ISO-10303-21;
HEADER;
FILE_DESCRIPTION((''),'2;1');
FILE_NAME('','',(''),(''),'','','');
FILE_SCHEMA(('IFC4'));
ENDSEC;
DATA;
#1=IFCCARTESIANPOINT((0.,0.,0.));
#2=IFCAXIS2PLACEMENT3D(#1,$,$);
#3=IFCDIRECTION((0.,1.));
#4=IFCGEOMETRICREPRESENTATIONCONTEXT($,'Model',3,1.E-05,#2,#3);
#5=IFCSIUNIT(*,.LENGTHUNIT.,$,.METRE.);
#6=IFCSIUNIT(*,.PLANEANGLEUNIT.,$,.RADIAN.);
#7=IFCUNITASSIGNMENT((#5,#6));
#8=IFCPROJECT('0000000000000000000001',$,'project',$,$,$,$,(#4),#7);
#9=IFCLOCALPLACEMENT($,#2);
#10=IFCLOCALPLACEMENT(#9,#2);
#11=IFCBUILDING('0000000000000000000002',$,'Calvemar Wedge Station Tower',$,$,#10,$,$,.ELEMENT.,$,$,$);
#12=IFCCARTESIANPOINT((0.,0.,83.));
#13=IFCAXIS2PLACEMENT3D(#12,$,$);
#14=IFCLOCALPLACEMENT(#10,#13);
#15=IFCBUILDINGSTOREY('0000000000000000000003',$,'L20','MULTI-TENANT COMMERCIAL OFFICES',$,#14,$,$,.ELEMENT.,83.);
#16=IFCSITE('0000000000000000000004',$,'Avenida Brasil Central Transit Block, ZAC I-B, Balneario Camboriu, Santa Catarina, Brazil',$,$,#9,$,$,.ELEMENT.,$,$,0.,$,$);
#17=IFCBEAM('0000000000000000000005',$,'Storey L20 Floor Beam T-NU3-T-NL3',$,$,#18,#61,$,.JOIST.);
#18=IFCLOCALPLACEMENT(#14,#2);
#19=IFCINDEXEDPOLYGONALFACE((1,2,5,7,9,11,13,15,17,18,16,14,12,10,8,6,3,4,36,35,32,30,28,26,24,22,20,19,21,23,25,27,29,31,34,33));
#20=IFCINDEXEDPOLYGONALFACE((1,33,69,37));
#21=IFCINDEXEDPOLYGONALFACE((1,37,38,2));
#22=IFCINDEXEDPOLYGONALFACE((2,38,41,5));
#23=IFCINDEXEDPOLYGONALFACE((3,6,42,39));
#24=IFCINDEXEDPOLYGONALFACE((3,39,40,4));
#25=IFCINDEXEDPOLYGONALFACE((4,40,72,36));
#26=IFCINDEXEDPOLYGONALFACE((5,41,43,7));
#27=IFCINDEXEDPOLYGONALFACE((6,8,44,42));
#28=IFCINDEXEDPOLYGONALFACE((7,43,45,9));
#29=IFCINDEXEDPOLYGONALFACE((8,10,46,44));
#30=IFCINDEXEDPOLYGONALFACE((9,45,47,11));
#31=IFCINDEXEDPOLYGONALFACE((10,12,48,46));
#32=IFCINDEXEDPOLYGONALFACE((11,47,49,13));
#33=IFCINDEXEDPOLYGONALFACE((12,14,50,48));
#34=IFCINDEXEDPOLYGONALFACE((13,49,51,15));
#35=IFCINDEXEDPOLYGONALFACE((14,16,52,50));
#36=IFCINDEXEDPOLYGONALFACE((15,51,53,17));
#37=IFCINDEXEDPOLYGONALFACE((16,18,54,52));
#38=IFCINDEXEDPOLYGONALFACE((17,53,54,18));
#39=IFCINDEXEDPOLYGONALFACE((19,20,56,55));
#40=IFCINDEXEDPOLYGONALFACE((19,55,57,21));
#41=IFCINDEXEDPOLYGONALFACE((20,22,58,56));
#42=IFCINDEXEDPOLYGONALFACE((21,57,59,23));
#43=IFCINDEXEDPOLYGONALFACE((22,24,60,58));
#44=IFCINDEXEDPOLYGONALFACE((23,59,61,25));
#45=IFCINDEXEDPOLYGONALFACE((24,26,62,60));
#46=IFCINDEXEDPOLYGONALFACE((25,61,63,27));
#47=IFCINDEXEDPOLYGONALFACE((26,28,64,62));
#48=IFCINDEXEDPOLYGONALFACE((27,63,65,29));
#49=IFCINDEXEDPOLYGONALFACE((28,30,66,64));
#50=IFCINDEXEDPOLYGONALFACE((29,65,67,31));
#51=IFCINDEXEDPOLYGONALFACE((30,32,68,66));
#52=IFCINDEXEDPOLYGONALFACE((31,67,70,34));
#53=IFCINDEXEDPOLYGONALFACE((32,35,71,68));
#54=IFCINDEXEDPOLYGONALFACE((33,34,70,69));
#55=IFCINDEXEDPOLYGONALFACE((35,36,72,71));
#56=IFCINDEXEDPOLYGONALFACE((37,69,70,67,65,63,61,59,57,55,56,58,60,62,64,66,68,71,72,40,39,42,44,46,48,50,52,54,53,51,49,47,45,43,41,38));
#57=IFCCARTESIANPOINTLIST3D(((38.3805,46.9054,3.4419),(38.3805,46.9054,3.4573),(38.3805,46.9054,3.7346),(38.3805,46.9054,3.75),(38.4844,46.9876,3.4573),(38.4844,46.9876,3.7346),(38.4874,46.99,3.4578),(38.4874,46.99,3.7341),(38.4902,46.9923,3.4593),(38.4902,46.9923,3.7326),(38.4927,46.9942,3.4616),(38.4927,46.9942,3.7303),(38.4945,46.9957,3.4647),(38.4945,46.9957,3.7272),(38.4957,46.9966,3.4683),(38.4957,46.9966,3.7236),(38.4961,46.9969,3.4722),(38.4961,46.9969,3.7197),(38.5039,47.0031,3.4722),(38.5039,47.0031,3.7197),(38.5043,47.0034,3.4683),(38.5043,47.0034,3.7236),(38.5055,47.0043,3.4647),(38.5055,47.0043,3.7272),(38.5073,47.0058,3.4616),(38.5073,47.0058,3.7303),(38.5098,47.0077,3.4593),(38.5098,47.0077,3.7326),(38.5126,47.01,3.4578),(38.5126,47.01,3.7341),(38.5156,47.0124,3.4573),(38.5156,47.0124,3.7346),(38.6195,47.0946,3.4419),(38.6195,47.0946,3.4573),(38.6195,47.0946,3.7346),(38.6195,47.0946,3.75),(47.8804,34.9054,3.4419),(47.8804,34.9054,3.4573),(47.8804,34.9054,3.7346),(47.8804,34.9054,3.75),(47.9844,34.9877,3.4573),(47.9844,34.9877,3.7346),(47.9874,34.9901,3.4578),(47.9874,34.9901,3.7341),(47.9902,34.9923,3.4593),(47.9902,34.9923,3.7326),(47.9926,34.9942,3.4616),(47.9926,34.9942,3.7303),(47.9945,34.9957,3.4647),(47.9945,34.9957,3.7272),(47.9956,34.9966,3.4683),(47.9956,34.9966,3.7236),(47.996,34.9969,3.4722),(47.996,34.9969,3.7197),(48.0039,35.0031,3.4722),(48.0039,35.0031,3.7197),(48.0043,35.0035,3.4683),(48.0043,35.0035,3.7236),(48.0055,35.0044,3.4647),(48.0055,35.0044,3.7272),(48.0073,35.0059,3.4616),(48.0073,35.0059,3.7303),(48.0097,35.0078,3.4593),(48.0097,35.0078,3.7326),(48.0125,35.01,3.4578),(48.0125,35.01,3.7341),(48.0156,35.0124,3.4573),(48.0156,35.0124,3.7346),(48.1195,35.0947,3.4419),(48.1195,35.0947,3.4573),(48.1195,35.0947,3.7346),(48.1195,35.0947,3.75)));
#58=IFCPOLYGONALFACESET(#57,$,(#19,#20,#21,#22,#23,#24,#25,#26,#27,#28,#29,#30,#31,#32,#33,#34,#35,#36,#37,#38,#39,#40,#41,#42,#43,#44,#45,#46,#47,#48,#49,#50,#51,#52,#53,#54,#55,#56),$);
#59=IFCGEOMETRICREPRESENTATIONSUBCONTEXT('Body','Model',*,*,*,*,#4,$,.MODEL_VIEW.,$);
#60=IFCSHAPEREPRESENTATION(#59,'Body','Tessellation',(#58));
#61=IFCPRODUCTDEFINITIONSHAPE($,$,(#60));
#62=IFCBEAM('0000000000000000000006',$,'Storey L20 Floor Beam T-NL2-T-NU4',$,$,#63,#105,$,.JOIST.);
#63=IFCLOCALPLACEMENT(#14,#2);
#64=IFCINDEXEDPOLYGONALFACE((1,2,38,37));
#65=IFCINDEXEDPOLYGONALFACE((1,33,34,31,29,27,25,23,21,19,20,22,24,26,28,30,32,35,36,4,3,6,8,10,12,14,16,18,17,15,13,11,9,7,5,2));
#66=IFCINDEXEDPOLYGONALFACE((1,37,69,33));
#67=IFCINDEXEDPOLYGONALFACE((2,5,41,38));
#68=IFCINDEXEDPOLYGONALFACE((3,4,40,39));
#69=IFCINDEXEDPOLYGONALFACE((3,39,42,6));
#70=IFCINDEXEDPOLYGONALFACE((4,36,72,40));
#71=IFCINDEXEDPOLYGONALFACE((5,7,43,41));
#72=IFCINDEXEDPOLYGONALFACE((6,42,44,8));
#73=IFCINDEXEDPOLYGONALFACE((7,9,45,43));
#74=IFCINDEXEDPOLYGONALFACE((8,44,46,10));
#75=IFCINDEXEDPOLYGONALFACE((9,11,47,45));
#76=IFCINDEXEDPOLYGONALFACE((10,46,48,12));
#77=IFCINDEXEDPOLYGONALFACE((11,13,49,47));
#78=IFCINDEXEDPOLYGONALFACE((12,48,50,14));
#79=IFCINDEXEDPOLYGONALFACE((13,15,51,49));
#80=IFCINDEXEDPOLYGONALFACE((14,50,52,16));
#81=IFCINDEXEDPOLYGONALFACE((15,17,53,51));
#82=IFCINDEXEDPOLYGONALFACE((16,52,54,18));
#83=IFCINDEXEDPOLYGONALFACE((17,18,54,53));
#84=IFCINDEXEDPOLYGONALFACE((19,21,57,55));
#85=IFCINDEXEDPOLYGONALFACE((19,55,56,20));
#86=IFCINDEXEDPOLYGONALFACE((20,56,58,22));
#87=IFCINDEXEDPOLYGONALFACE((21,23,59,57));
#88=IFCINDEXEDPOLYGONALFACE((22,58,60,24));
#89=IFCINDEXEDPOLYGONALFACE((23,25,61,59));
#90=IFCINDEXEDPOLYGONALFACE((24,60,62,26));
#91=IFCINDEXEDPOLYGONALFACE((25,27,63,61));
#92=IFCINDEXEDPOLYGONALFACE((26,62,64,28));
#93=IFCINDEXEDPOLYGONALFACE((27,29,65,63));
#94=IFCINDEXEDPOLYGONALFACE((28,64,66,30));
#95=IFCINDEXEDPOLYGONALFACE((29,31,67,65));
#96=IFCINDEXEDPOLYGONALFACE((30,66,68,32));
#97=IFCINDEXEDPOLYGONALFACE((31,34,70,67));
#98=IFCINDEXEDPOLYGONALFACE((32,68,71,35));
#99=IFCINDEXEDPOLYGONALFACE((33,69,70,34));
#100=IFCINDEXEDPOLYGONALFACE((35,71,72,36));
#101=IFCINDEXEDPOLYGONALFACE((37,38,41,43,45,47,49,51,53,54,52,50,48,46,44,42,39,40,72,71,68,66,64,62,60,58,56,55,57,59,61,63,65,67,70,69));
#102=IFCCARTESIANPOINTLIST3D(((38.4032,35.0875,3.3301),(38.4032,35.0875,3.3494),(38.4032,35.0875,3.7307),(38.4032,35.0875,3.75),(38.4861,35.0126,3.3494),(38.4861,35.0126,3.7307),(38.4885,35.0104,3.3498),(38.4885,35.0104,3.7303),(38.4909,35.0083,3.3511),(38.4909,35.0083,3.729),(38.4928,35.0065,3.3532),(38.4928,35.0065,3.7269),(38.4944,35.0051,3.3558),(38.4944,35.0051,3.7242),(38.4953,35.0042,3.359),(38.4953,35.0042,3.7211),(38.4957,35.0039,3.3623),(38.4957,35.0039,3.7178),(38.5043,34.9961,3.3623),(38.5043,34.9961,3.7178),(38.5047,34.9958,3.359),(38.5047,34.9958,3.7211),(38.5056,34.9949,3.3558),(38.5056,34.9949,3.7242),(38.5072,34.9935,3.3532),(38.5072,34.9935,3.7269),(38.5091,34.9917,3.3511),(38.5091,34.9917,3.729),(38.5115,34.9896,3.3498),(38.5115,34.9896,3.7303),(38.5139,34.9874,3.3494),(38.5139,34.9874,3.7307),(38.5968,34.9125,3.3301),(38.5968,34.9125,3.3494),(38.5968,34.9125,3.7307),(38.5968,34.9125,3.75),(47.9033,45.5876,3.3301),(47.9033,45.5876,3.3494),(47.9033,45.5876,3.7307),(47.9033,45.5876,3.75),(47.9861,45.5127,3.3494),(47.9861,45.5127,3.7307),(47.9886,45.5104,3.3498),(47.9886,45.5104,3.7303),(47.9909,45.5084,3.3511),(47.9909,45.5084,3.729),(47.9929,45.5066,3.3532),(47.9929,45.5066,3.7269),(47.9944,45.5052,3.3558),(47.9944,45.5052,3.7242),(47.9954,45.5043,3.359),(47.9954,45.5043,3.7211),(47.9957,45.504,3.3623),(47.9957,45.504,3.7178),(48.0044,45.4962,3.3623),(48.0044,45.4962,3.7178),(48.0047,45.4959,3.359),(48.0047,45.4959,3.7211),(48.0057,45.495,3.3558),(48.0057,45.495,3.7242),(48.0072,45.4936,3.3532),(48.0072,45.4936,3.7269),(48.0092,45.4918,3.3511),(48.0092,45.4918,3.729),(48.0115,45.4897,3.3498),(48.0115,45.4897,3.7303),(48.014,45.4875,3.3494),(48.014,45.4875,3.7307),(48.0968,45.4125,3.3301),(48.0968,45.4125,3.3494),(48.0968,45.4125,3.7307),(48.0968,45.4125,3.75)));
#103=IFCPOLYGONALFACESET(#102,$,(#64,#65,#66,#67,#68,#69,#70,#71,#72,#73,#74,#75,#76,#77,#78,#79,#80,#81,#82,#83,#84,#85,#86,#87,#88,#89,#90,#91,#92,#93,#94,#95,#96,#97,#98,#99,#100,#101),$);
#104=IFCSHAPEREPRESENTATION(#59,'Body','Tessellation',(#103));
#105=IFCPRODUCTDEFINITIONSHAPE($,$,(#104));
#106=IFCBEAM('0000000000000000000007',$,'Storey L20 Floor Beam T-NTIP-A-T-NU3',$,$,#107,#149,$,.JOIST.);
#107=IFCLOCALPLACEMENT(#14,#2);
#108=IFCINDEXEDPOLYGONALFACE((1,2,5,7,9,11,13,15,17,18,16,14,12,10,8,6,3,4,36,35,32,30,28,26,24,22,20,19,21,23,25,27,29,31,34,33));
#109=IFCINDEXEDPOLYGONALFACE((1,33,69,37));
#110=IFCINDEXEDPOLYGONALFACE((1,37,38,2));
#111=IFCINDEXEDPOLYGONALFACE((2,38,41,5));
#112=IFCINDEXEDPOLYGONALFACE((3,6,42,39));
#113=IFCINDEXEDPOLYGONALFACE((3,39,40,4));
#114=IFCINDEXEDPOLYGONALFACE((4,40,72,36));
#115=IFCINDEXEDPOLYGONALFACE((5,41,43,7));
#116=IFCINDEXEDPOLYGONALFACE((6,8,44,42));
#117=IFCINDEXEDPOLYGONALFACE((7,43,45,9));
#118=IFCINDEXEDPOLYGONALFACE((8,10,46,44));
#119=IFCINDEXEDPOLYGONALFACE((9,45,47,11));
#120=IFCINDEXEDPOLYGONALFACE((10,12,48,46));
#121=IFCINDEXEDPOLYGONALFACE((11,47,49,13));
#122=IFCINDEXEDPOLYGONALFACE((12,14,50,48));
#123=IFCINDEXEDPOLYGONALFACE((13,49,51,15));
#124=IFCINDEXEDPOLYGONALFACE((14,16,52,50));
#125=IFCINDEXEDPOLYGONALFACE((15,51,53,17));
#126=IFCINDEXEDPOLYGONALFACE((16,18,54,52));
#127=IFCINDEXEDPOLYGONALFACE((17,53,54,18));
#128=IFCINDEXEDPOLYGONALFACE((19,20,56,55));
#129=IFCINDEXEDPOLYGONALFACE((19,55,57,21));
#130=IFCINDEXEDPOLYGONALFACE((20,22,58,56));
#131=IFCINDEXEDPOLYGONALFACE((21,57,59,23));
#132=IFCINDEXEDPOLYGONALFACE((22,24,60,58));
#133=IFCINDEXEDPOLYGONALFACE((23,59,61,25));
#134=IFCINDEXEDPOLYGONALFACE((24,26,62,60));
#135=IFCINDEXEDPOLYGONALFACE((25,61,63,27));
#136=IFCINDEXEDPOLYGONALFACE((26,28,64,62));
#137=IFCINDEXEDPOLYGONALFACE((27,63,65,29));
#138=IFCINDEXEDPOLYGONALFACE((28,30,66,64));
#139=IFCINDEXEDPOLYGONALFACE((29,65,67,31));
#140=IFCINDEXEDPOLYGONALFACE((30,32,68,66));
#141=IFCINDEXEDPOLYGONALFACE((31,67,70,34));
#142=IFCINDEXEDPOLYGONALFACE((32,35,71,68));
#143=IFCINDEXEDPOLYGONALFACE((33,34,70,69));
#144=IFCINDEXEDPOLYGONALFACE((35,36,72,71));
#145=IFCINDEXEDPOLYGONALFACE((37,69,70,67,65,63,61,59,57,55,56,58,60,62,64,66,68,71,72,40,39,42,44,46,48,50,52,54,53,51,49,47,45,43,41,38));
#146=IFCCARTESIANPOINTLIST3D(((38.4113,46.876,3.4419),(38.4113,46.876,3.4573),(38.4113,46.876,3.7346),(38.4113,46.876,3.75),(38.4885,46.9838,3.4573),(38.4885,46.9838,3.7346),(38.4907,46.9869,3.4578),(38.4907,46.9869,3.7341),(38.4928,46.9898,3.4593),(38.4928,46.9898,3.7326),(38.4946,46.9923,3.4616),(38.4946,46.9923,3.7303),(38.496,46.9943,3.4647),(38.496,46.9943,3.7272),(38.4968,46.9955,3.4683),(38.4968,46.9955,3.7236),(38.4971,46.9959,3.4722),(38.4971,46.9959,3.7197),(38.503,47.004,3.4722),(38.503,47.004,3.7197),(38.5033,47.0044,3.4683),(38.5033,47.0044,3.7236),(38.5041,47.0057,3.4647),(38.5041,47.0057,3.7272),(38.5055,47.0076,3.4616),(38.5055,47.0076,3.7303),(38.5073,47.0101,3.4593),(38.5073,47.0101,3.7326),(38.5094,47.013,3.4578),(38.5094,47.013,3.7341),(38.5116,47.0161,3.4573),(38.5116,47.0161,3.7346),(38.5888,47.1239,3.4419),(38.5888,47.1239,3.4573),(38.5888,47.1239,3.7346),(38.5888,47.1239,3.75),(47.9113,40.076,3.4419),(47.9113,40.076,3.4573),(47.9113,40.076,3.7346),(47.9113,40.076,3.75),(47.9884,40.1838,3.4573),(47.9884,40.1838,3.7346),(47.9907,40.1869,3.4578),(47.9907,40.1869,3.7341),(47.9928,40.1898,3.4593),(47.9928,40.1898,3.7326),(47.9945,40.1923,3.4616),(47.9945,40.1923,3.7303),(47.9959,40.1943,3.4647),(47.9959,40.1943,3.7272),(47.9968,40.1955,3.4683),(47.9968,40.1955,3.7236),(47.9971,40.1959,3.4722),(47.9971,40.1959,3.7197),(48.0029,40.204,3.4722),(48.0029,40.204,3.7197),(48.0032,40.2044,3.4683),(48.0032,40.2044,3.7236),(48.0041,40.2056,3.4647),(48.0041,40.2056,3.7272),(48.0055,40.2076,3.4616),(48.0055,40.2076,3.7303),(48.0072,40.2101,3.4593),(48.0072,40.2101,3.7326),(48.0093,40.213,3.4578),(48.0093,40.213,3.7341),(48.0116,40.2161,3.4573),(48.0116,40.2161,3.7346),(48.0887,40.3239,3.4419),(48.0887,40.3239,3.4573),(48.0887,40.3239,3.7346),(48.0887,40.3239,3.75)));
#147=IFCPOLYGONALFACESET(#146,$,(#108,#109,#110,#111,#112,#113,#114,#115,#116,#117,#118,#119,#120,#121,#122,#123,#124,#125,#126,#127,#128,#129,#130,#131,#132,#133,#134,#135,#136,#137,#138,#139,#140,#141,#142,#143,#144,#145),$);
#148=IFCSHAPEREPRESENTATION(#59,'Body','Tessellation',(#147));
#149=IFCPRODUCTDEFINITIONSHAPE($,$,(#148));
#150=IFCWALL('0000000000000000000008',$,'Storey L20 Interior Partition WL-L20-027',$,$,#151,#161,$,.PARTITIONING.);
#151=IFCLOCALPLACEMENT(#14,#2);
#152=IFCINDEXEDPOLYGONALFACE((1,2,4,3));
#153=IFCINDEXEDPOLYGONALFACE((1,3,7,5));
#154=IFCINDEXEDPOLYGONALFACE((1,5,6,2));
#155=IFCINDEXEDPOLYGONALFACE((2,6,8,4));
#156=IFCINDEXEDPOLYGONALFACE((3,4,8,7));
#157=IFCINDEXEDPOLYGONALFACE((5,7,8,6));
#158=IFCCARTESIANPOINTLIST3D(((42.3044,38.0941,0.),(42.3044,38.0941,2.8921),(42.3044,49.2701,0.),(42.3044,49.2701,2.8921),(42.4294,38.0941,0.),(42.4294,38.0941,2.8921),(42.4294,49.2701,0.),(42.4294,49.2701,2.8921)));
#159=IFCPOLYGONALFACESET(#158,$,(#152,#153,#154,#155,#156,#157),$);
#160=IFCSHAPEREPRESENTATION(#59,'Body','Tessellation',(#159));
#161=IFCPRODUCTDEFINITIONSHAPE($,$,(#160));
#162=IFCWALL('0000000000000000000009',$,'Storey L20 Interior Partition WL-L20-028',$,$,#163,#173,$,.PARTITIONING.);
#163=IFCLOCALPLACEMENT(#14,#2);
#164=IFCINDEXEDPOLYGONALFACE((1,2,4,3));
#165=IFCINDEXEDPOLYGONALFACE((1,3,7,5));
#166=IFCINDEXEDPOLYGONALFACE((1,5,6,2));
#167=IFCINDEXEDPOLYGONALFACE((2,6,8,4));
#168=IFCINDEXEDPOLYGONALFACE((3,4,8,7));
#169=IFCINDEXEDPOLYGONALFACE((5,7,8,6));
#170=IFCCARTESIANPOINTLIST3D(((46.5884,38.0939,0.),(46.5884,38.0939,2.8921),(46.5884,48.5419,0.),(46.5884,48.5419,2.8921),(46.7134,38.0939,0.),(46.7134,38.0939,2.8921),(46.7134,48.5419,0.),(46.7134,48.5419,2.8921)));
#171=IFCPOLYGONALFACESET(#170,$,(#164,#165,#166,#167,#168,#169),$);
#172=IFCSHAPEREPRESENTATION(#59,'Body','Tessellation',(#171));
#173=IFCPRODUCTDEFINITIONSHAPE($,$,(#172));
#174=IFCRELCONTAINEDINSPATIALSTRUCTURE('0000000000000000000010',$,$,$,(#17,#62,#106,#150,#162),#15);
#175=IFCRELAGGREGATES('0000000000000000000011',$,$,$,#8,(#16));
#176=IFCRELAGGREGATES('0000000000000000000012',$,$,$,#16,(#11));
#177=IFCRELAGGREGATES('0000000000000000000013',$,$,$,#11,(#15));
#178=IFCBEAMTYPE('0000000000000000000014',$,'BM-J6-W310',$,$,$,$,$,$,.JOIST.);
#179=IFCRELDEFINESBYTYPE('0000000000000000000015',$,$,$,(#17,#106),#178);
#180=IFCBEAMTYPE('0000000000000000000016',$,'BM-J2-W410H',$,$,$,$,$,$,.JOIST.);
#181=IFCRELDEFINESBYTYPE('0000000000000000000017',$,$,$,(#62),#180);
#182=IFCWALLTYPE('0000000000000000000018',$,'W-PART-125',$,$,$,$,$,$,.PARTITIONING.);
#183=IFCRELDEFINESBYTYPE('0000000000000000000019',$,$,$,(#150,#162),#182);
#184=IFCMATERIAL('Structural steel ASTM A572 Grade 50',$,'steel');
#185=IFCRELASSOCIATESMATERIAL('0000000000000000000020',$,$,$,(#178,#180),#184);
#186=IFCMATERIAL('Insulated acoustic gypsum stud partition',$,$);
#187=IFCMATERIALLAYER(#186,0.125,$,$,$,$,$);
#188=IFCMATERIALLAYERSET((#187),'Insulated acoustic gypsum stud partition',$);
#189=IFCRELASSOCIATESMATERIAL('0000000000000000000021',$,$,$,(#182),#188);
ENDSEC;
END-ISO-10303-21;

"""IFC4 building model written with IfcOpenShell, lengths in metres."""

from ifc_helpers import new_model, si_unit, direction, frame, frame_2d, origin, origin_2d, place, context, subcontext, project, spatial, rectangle, i_section, extrude, source, transform, mapped, material, layer, layer_set, material_profile, profile_set, type_object, element, save


model = new_model("IFC4")

# Units and contexts
model_context = context("Model", 3, precision=1e-05, world=origin(), true_north=direction((0.0, 1.0)))
body_context = subcontext(model_context, "Body", "Model", "MODEL_VIEW")
ifc_project = project(units=[si_unit("LENGTHUNIT", "METRE"), si_unit("PLANEANGLEUNIT", "RADIAN")], contexts=[model_context])

# Site, building, storey
site_placement = place(None, origin())
site = spatial("IfcSite", under=ifc_project, at=site_placement, Name="Avenida Brasil Central Transit Block, ZAC I-B, Balneario Camboriu, Santa Catarina, Brazil", CompositionType="ELEMENT", RefElevation=0.0)
building_placement = place(site_placement, origin())
building = spatial("IfcBuilding", under=site, at=building_placement, Name="Calvemar Wedge Station Tower", CompositionType="ELEMENT")
storey_placement = place(building_placement, frame((0.0, 0.0, 83.0)))
storey = spatial("IfcBuildingStorey", under=building, at=storey_placement, Name="L20", Description="MULTI-TENANT COMMERCIAL OFFICES", CompositionType="ELEMENT", Elevation=83.0)

# Shared definitions
ifc_material_1 = material(Name="Structural steel ASTM A572 Grade 50", Category="steel")

# Beams
ifc_material_profile_1 = material_profile(ifc_material_1, i_section(OverallWidth=0.3049, OverallDepth=0.3081, WebThickness=0.01, FlangeThickness=0.0154, FilletRadius=0.0149, at=origin_2d()), Name="W310x97")
ifc_profile_set_1 = profile_set([ifc_material_profile_1], Name="Structural steel ASTM A572 Grade 50")
beam_type_1 = type_object("IfcBeamType", Name="BM-J6-W310", PredefinedType="JOIST", material=ifc_profile_set_1)
shared_shape_1 = source(origin(), body_context, "Body", "SweptSolid", [
    extrude(i_section(OverallWidth=0.3049, OverallDepth=0.3081, WebThickness=0.01, FlangeThickness=0.0154, FilletRadius=0.0149, at=origin_2d()), origin(), (0.0, 0.0, 1.0), 15.3052),
])
beam_1_placement = place(storey_placement, frame((38.5, 47.0, 3.5959), z_axis=(0.620703, -0.784046, 0.0), x_axis=(0.784046, 0.620703, 0.0)))
element("IfcBeam", 1, at=beam_1_placement, inside=storey, type_object=beam_type_1, Name="Storey L20 Floor Beam T-NU3-T-NL3", PredefinedType="JOIST", context=body_context, shape_type="MappedRepresentation", body=[
    mapped(shared_shape_1, transform((0.0, 0.0, 0.0), scale=1.0)),
])
ifc_material_profile_2 = material_profile(ifc_material_1, i_section(OverallWidth=0.261, OverallDepth=0.4199, WebThickness=0.0117, FlangeThickness=0.0193, FilletRadius=0.0129, at=origin_2d()), Name="W410x114")
ifc_profile_set_2 = profile_set([ifc_material_profile_2], Name="Structural steel ASTM A572 Grade 50")
beam_type_2 = type_object("IfcBeamType", Name="BM-J2-W410H", PredefinedType="JOIST", material=ifc_profile_set_2)
shared_shape_2 = source(origin(), body_context, "Body", "SweptSolid", [
    extrude(i_section(OverallWidth=0.261, OverallDepth=0.4199, WebThickness=0.0117, FlangeThickness=0.0193, FilletRadius=0.0129, at=origin_2d()), origin(), (0.0, 0.0, 1.0), 14.1599),
])
beam_2_placement = place(storey_placement, frame((38.5, 35.0, 3.54), z_axis=(0.670913, 0.741536, 0.0), x_axis=(-0.741536, 0.670913, 0.0)))
element("IfcBeam", 2, at=beam_2_placement, inside=storey, type_object=beam_type_2, Name="Storey L20 Floor Beam T-NL2-T-NU4", PredefinedType="JOIST", context=body_context, shape_type="MappedRepresentation", body=[
    mapped(shared_shape_2, transform((0.0, 0.0, 0.0), scale=1.0)),
])
shared_shape_3 = source(origin(), body_context, "Body", "SweptSolid", [
    extrude(i_section(OverallWidth=0.3049, OverallDepth=0.3081, WebThickness=0.01, FlangeThickness=0.0154, FilletRadius=0.0149, at=origin_2d()), origin(), (0.0, 0.0, 1.0), 11.6829),
])
beam_3_placement = place(storey_placement, frame((48.0, 40.2, 3.5959), z_axis=(-0.813153, 0.58205, 0.0), x_axis=(-0.58205, -0.813153, 0.0)))
element("IfcBeam", 3, at=beam_3_placement, inside=storey, type_object=beam_type_1, Name="Storey L20 Floor Beam T-NTIP-A-T-NU3", PredefinedType="JOIST", context=body_context, shape_type="MappedRepresentation", body=[
    mapped(shared_shape_3, transform((0.0, 0.0, 0.0), scale=1.0)),
])

# Walls
ifc_material_2 = material(Name="Insulated acoustic gypsum stud partition")
ifc_layer_1 = layer(ifc_material_2, 0.125)
ifc_layer_set_1 = layer_set([ifc_layer_1], Name="Insulated acoustic gypsum stud partition")
wall_type_1 = type_object("IfcWallType", Name="W-PART-125", PredefinedType="PARTITIONING", material=ifc_layer_set_1)
wall_1_placement = place(storey_placement, frame((42.3669, 49.27, 0.0), z_axis=(0.0, 0.0, 1.0), x_axis=(0.0, -1.0, 0.0)))
element("IfcWall", 4, at=wall_1_placement, inside=storey, type_object=wall_type_1, Name="Storey L20 Interior Partition WL-L20-027", PredefinedType="PARTITIONING", context=body_context, shape_type="SweptSolid", body=[
    extrude(rectangle(XDim=11.176, YDim=0.125, at=frame_2d((5.5879, 0.0))), origin(), (0.0, 0.0, 1.0), 2.8921),
])
wall_2_placement = place(storey_placement, frame((46.6509, 48.542, 0.0), z_axis=(0.0, 0.0, 1.0), x_axis=(0.0, -1.0, 0.0)))
element("IfcWall", 5, at=wall_2_placement, inside=storey, type_object=wall_type_1, Name="Storey L20 Interior Partition WL-L20-028", PredefinedType="PARTITIONING", context=body_context, shape_type="SweptSolid", body=[
    extrude(rectangle(XDim=10.448, YDim=0.125, at=frame_2d((5.2241, 0.0))), origin(), (0.0, 0.0, 1.0), 2.8921),
])

save(model, "model.ifc")
